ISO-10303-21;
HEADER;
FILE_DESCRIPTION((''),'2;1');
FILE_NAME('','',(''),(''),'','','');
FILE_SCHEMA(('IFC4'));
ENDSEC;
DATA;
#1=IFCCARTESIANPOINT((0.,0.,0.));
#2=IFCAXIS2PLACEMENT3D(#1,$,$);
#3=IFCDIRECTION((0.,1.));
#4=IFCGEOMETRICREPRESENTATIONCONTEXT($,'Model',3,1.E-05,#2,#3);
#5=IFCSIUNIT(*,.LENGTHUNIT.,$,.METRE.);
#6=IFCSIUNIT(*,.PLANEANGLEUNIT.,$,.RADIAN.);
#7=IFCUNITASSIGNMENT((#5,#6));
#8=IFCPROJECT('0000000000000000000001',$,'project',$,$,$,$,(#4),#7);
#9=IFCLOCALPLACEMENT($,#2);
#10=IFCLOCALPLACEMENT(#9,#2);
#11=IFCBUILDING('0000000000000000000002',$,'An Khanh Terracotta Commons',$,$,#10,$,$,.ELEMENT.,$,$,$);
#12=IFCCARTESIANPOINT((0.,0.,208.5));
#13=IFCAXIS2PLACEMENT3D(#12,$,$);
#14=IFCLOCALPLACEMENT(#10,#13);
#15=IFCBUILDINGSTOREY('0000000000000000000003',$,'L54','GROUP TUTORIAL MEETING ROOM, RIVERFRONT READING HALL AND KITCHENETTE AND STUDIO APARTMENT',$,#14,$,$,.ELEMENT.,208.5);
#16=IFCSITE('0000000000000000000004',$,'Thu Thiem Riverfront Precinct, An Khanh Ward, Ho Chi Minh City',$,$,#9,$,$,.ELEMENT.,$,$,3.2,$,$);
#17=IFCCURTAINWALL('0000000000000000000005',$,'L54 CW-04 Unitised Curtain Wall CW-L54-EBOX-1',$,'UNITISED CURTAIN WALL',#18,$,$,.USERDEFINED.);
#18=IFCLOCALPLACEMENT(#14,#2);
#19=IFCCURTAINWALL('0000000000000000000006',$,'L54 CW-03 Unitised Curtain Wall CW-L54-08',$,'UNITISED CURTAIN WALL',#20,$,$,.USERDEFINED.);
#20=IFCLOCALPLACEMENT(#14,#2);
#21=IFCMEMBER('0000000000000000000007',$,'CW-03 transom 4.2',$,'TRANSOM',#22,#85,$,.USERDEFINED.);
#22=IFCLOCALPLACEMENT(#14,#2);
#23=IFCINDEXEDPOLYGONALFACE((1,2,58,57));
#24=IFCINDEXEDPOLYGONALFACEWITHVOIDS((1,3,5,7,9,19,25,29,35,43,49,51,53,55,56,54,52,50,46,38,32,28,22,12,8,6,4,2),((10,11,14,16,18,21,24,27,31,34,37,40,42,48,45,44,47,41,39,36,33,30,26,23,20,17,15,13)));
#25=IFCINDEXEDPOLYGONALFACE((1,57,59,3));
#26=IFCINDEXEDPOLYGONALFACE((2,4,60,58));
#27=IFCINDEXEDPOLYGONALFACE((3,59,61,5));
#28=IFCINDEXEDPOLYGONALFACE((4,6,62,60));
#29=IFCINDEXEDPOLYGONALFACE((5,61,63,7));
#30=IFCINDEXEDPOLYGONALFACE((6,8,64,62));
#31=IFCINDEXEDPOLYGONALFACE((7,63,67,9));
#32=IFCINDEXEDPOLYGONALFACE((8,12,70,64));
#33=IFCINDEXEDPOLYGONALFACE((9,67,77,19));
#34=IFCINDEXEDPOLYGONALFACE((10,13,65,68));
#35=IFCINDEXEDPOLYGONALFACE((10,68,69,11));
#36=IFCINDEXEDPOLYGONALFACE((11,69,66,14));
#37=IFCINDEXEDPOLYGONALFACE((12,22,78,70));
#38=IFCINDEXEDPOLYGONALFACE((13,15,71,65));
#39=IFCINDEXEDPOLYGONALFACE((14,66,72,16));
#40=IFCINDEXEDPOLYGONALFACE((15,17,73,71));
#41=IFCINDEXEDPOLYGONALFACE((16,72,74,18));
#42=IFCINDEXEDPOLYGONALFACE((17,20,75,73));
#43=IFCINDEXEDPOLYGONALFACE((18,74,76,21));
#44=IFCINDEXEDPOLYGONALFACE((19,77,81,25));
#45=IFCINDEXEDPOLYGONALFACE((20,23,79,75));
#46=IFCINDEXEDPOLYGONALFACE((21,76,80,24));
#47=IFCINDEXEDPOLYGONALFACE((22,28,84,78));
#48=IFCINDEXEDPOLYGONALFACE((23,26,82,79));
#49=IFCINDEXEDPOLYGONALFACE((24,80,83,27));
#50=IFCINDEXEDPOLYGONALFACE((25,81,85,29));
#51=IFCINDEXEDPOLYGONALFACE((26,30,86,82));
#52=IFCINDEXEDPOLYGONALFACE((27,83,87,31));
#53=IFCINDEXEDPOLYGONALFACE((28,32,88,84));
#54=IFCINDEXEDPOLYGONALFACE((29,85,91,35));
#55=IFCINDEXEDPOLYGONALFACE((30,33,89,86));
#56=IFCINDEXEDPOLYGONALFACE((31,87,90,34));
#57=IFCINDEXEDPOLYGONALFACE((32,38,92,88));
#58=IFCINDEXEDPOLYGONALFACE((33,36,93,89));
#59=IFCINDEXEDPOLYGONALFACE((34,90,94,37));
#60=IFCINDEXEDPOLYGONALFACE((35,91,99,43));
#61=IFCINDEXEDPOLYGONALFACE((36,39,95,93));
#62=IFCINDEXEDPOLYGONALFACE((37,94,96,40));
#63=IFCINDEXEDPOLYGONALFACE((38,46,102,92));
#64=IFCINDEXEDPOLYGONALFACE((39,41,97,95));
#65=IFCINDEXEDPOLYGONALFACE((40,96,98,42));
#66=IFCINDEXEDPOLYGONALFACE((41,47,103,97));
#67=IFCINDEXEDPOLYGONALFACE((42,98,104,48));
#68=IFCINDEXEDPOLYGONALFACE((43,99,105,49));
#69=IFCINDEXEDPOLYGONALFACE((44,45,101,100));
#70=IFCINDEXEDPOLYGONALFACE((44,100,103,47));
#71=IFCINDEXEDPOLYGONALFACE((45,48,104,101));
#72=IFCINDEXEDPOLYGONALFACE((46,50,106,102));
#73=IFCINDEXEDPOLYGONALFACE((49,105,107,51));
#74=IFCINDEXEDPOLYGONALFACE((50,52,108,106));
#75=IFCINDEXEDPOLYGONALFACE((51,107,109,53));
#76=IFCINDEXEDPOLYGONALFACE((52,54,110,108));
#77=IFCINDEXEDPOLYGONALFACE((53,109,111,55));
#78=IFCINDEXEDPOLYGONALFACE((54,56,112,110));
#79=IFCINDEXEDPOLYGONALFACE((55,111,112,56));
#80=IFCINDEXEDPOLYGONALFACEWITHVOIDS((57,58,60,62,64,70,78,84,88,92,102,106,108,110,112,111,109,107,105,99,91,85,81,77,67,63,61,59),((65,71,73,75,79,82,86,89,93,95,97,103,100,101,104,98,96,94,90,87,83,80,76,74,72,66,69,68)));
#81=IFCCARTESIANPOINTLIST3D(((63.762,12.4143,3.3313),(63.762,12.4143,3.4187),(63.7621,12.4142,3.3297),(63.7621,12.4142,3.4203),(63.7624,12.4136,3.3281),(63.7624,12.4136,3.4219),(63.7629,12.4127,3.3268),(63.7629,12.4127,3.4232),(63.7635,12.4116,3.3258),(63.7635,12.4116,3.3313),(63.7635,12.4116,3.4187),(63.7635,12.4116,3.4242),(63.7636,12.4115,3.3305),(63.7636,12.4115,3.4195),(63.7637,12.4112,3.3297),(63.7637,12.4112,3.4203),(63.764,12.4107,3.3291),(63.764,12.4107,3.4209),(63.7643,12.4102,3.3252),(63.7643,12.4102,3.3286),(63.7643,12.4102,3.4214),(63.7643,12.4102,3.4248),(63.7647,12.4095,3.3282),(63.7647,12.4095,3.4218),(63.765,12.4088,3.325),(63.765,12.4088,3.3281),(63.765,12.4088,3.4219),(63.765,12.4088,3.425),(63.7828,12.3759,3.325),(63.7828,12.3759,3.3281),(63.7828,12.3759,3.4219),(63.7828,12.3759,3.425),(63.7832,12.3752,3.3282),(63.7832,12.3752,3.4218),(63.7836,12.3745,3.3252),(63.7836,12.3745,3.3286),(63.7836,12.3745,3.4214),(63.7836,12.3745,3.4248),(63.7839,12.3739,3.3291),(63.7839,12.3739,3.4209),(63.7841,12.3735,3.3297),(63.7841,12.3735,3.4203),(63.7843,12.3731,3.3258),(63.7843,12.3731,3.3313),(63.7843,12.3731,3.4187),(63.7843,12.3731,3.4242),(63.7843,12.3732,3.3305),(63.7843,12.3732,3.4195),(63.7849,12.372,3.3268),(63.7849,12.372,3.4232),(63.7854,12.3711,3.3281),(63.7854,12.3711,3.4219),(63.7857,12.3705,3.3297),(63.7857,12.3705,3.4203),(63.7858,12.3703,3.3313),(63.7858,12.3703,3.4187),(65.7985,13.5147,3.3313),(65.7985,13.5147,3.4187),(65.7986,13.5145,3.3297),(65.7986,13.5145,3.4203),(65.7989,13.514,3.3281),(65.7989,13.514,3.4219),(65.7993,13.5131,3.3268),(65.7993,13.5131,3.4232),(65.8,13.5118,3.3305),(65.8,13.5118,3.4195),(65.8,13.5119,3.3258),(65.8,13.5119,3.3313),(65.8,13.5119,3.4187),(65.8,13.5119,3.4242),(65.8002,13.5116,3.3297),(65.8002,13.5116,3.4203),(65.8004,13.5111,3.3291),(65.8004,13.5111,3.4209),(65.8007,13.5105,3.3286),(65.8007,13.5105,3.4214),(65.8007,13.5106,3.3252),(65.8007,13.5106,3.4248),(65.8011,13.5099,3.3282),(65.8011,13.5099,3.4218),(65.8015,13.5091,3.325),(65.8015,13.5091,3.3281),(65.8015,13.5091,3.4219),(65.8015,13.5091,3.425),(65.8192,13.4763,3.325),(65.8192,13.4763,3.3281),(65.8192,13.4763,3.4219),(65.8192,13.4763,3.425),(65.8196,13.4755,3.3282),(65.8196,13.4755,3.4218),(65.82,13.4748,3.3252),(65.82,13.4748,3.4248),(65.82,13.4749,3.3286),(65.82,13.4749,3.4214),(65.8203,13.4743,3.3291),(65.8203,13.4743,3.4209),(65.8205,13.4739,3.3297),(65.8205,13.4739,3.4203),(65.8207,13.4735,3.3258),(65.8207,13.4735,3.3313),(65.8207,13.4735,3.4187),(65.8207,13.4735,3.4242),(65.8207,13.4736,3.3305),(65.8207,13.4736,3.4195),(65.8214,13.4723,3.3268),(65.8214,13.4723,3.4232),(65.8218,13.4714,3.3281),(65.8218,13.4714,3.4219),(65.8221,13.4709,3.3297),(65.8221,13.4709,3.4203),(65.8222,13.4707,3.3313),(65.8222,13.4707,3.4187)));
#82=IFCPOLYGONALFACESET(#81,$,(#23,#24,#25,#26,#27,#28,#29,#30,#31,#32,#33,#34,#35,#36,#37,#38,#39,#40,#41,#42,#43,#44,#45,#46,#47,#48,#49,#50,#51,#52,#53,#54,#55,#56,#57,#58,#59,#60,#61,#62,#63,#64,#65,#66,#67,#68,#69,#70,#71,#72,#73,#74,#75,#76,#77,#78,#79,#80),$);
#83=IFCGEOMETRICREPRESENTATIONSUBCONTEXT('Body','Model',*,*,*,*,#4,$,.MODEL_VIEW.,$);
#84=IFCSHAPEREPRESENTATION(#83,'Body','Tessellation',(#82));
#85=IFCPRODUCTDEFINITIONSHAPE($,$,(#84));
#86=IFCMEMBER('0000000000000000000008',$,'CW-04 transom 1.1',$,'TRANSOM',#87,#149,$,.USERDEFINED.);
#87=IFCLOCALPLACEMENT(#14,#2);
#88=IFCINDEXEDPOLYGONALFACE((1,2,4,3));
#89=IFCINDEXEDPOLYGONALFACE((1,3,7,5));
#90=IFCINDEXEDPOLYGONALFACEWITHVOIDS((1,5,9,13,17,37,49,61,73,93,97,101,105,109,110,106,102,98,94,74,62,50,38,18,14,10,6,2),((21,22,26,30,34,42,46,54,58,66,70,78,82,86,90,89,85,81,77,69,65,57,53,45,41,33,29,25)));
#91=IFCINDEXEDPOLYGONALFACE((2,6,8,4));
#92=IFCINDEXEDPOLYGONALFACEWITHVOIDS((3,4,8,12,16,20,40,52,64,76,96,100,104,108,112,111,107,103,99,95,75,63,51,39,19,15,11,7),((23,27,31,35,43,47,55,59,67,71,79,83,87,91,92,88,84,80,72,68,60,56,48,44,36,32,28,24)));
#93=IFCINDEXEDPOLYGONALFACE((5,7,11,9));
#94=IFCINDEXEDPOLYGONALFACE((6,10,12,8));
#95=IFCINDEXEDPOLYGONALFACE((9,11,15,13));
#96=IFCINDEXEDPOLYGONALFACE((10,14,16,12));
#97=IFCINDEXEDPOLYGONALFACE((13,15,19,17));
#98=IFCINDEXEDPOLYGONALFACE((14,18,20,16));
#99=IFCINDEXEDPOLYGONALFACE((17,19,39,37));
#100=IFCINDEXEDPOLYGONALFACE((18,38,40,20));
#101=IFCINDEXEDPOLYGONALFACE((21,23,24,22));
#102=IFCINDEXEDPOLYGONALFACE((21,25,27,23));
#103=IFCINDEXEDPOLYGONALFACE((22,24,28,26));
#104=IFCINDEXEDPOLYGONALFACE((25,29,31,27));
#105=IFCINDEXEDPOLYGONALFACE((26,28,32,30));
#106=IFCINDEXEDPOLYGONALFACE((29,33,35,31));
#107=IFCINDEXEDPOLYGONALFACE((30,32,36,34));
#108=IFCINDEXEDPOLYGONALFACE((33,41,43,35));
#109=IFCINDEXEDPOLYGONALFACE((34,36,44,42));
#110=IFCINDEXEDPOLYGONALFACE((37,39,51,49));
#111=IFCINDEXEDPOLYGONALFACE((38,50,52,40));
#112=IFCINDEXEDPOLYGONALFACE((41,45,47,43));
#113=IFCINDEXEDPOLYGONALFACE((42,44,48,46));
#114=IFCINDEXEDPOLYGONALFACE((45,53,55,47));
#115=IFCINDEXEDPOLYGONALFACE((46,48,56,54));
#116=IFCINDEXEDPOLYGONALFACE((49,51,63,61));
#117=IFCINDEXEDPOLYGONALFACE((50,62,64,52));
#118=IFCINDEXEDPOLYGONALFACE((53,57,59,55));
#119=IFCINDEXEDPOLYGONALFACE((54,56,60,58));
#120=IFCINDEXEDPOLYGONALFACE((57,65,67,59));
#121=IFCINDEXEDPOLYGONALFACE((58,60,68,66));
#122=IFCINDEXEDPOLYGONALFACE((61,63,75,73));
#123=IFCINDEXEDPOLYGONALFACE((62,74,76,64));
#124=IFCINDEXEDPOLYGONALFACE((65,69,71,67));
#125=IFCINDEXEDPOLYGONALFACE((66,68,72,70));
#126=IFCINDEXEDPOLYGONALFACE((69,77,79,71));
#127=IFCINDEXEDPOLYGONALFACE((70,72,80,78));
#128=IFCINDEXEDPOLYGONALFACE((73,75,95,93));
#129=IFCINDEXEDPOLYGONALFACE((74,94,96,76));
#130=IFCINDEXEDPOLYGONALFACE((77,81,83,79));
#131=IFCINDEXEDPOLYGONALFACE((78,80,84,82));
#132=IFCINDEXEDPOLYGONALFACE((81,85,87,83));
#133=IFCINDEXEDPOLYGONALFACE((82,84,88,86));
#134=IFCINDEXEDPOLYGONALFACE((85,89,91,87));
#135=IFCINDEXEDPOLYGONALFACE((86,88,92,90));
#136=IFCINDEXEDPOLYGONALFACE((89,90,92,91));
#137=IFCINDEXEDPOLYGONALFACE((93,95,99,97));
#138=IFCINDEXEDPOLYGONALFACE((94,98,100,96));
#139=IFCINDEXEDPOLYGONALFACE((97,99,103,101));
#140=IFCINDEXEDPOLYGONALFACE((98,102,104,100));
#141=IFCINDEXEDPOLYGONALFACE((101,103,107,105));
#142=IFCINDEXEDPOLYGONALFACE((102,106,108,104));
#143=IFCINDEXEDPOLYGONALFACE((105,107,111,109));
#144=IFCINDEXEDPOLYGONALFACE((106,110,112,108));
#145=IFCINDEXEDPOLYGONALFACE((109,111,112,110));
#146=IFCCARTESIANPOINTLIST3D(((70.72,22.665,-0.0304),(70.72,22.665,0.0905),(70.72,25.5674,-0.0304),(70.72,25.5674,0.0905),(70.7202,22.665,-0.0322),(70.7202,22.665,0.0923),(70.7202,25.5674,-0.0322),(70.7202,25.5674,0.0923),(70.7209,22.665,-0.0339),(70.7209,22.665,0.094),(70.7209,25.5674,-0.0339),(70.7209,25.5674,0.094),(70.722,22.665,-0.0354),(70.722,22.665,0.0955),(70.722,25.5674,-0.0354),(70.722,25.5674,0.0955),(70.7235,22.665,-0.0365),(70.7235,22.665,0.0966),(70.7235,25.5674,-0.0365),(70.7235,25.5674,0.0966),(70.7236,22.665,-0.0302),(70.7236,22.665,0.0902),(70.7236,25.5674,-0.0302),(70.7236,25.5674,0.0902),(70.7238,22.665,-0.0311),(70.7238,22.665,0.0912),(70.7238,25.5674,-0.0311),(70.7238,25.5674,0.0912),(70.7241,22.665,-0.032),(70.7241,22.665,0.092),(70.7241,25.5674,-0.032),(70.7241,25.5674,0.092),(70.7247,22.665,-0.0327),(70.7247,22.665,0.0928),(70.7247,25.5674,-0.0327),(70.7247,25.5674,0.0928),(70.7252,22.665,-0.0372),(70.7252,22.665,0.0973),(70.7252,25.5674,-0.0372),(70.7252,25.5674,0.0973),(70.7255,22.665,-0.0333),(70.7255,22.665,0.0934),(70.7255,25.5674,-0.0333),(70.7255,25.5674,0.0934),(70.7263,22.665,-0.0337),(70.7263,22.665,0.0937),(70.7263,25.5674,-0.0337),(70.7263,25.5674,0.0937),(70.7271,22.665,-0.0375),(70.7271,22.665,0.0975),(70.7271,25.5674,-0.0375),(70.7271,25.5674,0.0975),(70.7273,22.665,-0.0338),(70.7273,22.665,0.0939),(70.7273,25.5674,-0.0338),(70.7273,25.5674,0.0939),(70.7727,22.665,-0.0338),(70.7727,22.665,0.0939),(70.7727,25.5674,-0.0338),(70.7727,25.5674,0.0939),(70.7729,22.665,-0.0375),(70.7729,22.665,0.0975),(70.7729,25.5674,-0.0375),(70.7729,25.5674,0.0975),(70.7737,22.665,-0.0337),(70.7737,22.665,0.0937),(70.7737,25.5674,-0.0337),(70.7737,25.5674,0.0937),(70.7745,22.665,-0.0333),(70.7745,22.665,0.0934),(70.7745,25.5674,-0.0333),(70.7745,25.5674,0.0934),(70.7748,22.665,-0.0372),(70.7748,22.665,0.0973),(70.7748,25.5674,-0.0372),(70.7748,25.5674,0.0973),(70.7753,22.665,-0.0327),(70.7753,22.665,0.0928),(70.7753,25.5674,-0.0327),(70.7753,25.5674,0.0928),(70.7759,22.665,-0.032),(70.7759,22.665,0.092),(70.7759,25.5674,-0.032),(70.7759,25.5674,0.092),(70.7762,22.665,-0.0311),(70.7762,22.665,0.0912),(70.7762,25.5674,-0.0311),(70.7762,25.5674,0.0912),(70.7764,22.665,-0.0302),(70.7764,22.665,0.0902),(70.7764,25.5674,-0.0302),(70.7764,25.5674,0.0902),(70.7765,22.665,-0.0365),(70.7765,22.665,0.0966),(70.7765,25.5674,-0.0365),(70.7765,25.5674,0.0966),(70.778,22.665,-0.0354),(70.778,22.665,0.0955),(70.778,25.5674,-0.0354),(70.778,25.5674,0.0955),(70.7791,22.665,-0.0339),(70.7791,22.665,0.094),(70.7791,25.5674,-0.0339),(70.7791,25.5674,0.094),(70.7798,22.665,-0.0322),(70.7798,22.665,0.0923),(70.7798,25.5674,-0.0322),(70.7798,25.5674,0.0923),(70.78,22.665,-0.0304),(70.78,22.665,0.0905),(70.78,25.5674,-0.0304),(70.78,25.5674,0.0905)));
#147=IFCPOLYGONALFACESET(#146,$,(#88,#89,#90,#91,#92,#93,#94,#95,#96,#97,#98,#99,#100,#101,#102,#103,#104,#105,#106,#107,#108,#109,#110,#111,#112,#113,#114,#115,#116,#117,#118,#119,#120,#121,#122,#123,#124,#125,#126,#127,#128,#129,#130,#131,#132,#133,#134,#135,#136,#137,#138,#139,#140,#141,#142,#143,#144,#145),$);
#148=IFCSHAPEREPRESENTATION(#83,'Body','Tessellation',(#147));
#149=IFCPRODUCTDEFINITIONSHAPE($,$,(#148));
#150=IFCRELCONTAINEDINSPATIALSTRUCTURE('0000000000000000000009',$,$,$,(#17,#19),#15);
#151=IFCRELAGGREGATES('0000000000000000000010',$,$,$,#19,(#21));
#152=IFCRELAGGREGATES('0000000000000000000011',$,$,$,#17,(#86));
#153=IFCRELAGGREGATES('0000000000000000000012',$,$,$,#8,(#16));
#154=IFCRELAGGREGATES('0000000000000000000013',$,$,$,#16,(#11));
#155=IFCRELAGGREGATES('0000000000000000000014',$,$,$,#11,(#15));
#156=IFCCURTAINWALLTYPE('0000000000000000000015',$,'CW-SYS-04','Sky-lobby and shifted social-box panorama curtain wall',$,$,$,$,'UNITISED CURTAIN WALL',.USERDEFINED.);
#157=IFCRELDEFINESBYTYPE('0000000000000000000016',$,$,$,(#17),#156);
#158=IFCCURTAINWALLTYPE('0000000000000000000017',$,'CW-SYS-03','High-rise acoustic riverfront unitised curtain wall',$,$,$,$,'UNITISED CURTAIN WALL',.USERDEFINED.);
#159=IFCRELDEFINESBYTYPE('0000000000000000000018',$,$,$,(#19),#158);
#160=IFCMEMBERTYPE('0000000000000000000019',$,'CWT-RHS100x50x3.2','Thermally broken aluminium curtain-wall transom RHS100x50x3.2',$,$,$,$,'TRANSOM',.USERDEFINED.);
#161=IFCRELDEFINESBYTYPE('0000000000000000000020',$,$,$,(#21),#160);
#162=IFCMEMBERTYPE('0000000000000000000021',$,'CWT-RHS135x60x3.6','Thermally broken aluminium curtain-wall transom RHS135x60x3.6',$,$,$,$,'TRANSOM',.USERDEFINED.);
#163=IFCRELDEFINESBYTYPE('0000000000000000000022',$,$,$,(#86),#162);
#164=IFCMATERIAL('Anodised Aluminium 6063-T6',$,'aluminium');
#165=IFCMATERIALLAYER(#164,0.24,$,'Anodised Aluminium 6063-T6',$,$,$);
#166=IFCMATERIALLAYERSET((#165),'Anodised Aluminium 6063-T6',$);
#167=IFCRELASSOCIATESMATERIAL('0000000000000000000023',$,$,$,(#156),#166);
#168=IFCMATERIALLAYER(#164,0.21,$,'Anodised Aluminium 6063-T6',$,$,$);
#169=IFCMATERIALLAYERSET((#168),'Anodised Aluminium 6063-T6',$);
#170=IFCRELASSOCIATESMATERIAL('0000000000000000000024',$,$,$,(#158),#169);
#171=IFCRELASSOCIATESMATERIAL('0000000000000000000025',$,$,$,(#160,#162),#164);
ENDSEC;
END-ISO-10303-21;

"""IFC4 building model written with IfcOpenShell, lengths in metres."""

from ifc_helpers import new_model, si_unit, direction, frame, origin, origin_2d, place, context, subcontext, project, spatial, hollow_rectangle, extrude, material, layer, layer_set, material_profile, profile_set, type_object, element, aggregate, save


model = new_model("IFC4")

# Units and contexts
model_context = context("Model", 3, precision=1e-05, world=origin(), true_north=direction((0.0, 1.0)))
body_context = subcontext(model_context, "Body", "Model", "MODEL_VIEW")
ifc_project = project(units=[si_unit("LENGTHUNIT", "METRE"), si_unit("PLANEANGLEUNIT", "RADIAN")], contexts=[model_context])

# Site, building, storey
site_placement = place(None, origin())
site = spatial("IfcSite", under=ifc_project, at=site_placement, Name="Thu Thiem Riverfront Precinct, An Khanh Ward, Ho Chi Minh City", CompositionType="ELEMENT", RefElevation=3.2)
building_placement = place(site_placement, origin())
building = spatial("IfcBuilding", under=site, at=building_placement, Name="An Khanh Terracotta Commons", CompositionType="ELEMENT")
storey_placement = place(building_placement, frame((0.0, 0.0, 208.5)))
storey = spatial("IfcBuildingStorey", under=building, at=storey_placement, Name="L54", Description="GROUP TUTORIAL MEETING ROOM, RIVERFRONT READING HALL AND KITCHENETTE AND STUDIO APARTMENT", CompositionType="ELEMENT", Elevation=208.5)

# Curtain wall
ifc_material_1 = material(Name="Anodised Aluminium 6063-T6", Category="aluminium")
ifc_layer_1 = layer(ifc_material_1, 0.24, Name="Anodised Aluminium 6063-T6")
ifc_layer_set_1 = layer_set([ifc_layer_1], Name="Anodised Aluminium 6063-T6")
curtain_wall_type_1 = type_object("IfcCurtainWallType", Name="CW-SYS-04", Description="Sky-lobby and shifted social-box panorama curtain wall", ElementType="UNITISED CURTAIN WALL", PredefinedType="USERDEFINED", material=ifc_layer_set_1)
curtain_wall_1_placement = place(storey_placement, origin())
curtain_wall_1 = element("IfcCurtainWall", 1, at=curtain_wall_1_placement, inside=storey, type_object=curtain_wall_type_1, Name="L54 CW-04 Unitised Curtain Wall CW-L54-EBOX-1", ObjectType="UNITISED CURTAIN WALL", PredefinedType="USERDEFINED")

# Curtain wall, member
ifc_layer_2 = layer(ifc_material_1, 0.21, Name="Anodised Aluminium 6063-T6")
ifc_layer_set_2 = layer_set([ifc_layer_2], Name="Anodised Aluminium 6063-T6")
curtain_wall_type_2 = type_object("IfcCurtainWallType", Name="CW-SYS-03", Description="High-rise acoustic riverfront unitised curtain wall", ElementType="UNITISED CURTAIN WALL", PredefinedType="USERDEFINED", material=ifc_layer_set_2)
curtain_wall_2_placement = place(storey_placement, origin())
curtain_wall_2 = element("IfcCurtainWall", 2, at=curtain_wall_2_placement, inside=storey, type_object=curtain_wall_type_2, Name="L54 CW-03 Unitised Curtain Wall CW-L54-08", ObjectType="UNITISED CURTAIN WALL", PredefinedType="USERDEFINED")
ifc_material_profile_1 = material_profile(ifc_material_1, hollow_rectangle(XDim=0.05, YDim=0.1001, WallThickness=0.0032, InnerFilletRadius=0.0032, OuterFilletRadius=0.0063, at=origin_2d()), Name="RHS100x50x3.2")
ifc_profile_set_1 = profile_set([ifc_material_profile_1], Name="Anodised Aluminium 6063-T6")
member_type_1 = type_object("IfcMemberType", Name="CWT-RHS100x50x3.2", Description="Thermally broken aluminium curtain-wall transom RHS100x50x3.2", ElementType="TRANSOM", PredefinedType="USERDEFINED", material=ifc_profile_set_1)
member_1_placement = place(storey_placement, frame((63.7739, 12.3923, 3.375), z_axis=(0.879779, 0.475382, 0.0), x_axis=(-0.475382, 0.879779, 0.0)))
member_1 = element("IfcMember", 3, at=member_1_placement, type_object=member_type_1, Name="CW-03 transom 4.2", ObjectType="TRANSOM", PredefinedType="USERDEFINED", context=body_context, shape_type="SweptSolid", body=[
    extrude(hollow_rectangle(XDim=0.05, YDim=0.1001, WallThickness=0.0032, InnerFilletRadius=0.0032, OuterFilletRadius=0.0063, at=origin_2d()), origin(), (0.0, 0.0, 1.0), 2.3147),
])

# Member
ifc_material_profile_2 = material_profile(ifc_material_1, hollow_rectangle(XDim=0.0601, YDim=0.135, WallThickness=0.0037, InnerFilletRadius=0.0037, OuterFilletRadius=0.0071, at=origin_2d()), Name="RHS135x60x3.6")
ifc_profile_set_2 = profile_set([ifc_material_profile_2], Name="Anodised Aluminium 6063-T6")
member_type_2 = type_object("IfcMemberType", Name="CWT-RHS135x60x3.6", Description="Thermally broken aluminium curtain-wall transom RHS135x60x3.6", ElementType="TRANSOM", PredefinedType="USERDEFINED", material=ifc_profile_set_2)
member_2_placement = place(storey_placement, frame((70.75, 22.665, 0.03), z_axis=(0.0, 1.0, 0.0), x_axis=(-1.0, 0.0, 0.0)))
member_2 = element("IfcMember", 4, at=member_2_placement, type_object=member_type_2, Name="CW-04 transom 1.1", ObjectType="TRANSOM", PredefinedType="USERDEFINED", context=body_context, shape_type="SweptSolid", body=[
    extrude(hollow_rectangle(XDim=0.0601, YDim=0.135, WallThickness=0.0037, InnerFilletRadius=0.0037, OuterFilletRadius=0.0071, at=origin_2d()), origin(), (0.0, 0.0, 1.0), 2.9023),
])

aggregate(curtain_wall_2, [member_1])
aggregate(curtain_wall_1, [member_2])

save(model, "model.ifc")
